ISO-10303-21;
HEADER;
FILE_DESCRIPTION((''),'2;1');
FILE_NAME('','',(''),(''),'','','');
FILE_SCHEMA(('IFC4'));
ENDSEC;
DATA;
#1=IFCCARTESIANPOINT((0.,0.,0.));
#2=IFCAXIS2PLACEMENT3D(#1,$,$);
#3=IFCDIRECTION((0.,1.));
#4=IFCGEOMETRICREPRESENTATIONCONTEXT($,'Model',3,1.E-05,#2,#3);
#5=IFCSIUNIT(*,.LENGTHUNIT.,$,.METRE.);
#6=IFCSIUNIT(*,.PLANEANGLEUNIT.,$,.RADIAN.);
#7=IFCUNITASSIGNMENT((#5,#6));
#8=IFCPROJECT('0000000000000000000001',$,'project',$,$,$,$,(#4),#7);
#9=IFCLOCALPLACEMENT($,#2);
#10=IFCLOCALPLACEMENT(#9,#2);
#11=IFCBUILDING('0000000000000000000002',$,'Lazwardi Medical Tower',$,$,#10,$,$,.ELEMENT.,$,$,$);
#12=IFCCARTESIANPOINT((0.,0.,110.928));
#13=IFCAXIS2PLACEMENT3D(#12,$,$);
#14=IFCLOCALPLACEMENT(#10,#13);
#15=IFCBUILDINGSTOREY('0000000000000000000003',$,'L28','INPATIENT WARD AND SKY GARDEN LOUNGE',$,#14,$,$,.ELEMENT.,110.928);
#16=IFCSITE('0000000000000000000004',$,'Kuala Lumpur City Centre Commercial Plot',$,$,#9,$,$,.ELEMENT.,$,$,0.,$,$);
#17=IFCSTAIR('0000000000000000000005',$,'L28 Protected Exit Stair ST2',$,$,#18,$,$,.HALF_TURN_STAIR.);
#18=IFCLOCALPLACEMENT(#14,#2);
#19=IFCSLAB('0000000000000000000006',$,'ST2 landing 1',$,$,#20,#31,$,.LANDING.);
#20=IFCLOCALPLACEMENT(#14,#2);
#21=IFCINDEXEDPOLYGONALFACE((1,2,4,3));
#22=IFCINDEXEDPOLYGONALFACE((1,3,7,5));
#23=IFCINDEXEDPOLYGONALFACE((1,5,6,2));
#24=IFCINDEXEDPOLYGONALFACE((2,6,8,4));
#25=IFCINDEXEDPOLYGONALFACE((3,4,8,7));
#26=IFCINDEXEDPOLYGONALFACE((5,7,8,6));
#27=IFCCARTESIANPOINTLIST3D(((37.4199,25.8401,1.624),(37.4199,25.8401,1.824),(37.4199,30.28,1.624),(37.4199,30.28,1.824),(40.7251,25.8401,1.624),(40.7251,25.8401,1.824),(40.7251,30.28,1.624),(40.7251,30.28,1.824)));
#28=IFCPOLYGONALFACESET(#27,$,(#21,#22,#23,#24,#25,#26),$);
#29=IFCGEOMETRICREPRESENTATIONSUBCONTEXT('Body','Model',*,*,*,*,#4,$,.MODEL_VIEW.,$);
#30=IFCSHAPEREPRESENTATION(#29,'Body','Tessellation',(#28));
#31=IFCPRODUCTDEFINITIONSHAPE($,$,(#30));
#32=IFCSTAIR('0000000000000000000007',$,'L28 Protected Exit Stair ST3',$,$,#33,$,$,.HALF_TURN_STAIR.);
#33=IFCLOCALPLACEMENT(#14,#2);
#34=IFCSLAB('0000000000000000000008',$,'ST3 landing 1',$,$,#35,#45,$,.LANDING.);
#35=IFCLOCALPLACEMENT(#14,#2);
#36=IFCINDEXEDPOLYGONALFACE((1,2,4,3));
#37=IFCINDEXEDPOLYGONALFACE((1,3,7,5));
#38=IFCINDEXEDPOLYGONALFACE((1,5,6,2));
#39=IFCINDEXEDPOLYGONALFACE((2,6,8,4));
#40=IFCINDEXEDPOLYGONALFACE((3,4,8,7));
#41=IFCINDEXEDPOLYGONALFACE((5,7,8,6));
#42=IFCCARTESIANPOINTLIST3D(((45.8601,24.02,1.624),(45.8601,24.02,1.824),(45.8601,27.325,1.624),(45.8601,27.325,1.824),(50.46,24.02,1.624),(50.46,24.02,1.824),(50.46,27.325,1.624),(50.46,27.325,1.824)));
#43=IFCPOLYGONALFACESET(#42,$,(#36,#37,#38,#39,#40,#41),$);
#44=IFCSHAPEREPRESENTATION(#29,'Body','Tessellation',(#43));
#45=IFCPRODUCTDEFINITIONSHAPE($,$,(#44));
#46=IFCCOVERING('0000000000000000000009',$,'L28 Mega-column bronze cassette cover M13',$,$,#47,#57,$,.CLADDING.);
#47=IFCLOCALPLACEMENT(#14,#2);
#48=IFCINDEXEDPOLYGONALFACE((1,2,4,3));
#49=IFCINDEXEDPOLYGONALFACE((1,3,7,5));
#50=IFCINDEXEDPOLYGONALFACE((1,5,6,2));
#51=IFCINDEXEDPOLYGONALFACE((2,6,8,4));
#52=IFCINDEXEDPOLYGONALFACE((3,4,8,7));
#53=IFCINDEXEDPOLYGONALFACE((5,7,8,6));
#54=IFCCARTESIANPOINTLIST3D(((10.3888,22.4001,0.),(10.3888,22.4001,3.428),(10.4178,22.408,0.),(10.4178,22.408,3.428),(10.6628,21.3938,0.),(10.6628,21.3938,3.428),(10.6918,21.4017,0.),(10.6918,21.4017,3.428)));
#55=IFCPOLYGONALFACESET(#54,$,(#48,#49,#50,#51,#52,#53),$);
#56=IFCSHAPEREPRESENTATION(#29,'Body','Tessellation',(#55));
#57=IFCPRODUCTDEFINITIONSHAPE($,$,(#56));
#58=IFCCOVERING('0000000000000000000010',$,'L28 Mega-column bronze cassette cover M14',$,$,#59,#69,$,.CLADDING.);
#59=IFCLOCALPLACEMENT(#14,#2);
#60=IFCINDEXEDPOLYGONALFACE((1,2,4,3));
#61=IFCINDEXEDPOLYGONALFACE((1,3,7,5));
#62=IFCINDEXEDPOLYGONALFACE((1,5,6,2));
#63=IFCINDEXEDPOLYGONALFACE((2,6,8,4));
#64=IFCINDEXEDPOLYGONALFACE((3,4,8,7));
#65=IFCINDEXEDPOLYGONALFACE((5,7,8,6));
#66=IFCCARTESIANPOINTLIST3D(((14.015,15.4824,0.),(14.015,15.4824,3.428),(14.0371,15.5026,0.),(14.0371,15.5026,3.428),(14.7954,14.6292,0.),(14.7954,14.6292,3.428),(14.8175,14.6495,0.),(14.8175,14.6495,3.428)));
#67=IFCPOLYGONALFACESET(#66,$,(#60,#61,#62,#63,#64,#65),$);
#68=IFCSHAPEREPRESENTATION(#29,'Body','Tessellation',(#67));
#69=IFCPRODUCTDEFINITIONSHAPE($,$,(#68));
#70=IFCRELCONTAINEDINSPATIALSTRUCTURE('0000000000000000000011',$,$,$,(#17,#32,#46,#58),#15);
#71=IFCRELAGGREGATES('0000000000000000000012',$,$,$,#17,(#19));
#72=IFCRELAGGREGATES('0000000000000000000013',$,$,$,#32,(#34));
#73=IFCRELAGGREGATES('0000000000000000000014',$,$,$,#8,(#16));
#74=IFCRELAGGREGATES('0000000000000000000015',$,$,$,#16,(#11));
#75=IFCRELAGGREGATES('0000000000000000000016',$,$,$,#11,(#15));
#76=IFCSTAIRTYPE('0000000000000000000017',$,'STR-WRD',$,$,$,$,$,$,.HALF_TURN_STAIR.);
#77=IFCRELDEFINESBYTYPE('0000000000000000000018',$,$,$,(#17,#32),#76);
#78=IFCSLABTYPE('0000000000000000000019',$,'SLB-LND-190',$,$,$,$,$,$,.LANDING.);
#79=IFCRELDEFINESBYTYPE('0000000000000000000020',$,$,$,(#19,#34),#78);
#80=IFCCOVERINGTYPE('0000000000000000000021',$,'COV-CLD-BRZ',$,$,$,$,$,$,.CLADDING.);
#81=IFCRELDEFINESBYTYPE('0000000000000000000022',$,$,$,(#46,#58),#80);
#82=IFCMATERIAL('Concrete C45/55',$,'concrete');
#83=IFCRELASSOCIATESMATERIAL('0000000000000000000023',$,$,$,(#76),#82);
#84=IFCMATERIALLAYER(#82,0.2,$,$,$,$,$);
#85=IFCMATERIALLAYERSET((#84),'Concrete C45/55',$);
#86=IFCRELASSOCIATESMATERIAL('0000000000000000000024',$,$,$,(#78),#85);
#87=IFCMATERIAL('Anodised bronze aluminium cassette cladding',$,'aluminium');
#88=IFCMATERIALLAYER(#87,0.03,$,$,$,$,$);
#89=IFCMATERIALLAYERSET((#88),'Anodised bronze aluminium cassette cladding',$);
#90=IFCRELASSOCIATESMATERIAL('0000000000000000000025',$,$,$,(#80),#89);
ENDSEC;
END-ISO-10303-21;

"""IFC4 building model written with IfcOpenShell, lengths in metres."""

from ifc_helpers import new_model, si_unit, direction, frame, origin, origin_2d, place, context, subcontext, project, spatial, polyline, rectangle, outline, extrude, material, layer, layer_set, type_object, element, aggregate, save


model = new_model("IFC4")

# Units and contexts
model_context = context("Model", 3, precision=1e-05, world=origin(), true_north=direction((0.0, 1.0)))
body_context = subcontext(model_context, "Body", "Model", "MODEL_VIEW")
ifc_project = project(units=[si_unit("LENGTHUNIT", "METRE"), si_unit("PLANEANGLEUNIT", "RADIAN")], contexts=[model_context])

# Site, building, storey
site_placement = place(None, origin())
site = spatial("IfcSite", under=ifc_project, at=site_placement, Name="Kuala Lumpur City Centre Commercial Plot", CompositionType="ELEMENT", RefElevation=0.0)
building_placement = place(site_placement, origin())
building = spatial("IfcBuilding", under=site, at=building_placement, Name="Lazwardi Medical Tower", CompositionType="ELEMENT")
storey_placement = place(building_placement, frame((0.0, 0.0, 110.928)))
storey = spatial("IfcBuildingStorey", under=building, at=storey_placement, Name="L28", Description="INPATIENT WARD AND SKY GARDEN LOUNGE", CompositionType="ELEMENT", Elevation=110.928)

# Stairs, slabs
ifc_material_1 = material(Name="Concrete C45/55", Category="concrete")
stair_type = type_object("IfcStairType", Name="STR-WRD", PredefinedType="HALF_TURN_STAIR", material=ifc_material_1)
stair_1_placement = place(storey_placement, origin())
stair_1 = element("IfcStair", 1, at=stair_1_placement, inside=storey, type_object=stair_type, Name="L28 Protected Exit Stair ST2", PredefinedType="HALF_TURN_STAIR")
ifc_layer_1 = layer(ifc_material_1, 0.2)
ifc_layer_set_1 = layer_set([ifc_layer_1], Name="Concrete C45/55")
slab_type = type_object("IfcSlabType", Name="SLB-LND-190", PredefinedType="LANDING", material=ifc_layer_set_1)
slab_1_placement = place(storey_placement, frame((0.0, 0.0, 1.624)))
slab_1 = element("IfcSlab", 2, at=slab_1_placement, type_object=slab_type, Name="ST2 landing 1", PredefinedType="LANDING", context=body_context, shape_type="SweptSolid", body=[
    extrude(outline(polyline([(40.7251, 30.28), (37.4199, 30.28), (37.4199, 25.8401), (40.7251, 25.8401), (40.7251, 30.28)])), origin(), (0.0, 0.0, 1.0), 0.2),
])
aggregate(stair_1, [slab_1])
stair_2_placement = place(storey_placement, origin())
stair_2 = element("IfcStair", 3, at=stair_2_placement, inside=storey, type_object=stair_type, Name="L28 Protected Exit Stair ST3", PredefinedType="HALF_TURN_STAIR")
slab_2_placement = place(storey_placement, frame((0.0, 0.0, 1.624)))
slab_2 = element("IfcSlab", 4, at=slab_2_placement, type_object=slab_type, Name="ST3 landing 1", PredefinedType="LANDING", context=body_context, shape_type="SweptSolid", body=[
    extrude(outline(polyline([(45.8601, 27.325), (45.8601, 24.02), (50.46, 24.02), (50.46, 27.325), (45.8601, 27.325)])), origin(), (0.0, 0.0, 1.0), 0.2),
])
aggregate(stair_2, [slab_2])

# Coverings
ifc_material_2 = material(Name="Anodised bronze aluminium cassette cladding", Category="aluminium")
ifc_layer_2 = layer(ifc_material_2, 0.03)
ifc_layer_set_2 = layer_set([ifc_layer_2], Name="Anodised bronze aluminium cassette cladding")
covering_type = type_object("IfcCoveringType", Name="COV-CLD-BRZ", PredefinedType="CLADDING", material=ifc_layer_set_2)
covering_1_placement = place(storey_placement, frame((10.5403, 21.9009, 0.0), z_axis=(0.0, 0.0, 1.0), x_axis=(0.262696, -0.964879, 0.0)))
element("IfcCovering", 5, at=covering_1_placement, inside=storey, type_object=covering_type, Name="L28 Mega-column bronze cassette cover M13", PredefinedType="CLADDING", context=body_context, shape_type="SweptSolid", body=[
    extrude(rectangle(XDim=1.043, YDim=0.03, at=origin_2d()), origin(), (0.0, 0.0, 1.0), 3.428),
])
covering_2_placement = place(storey_placement, frame((14.4163, 15.0659, 0.0), z_axis=(0.0, 0.0, 1.0), x_axis=(0.674926, -0.737885, 0.0)))
element("IfcCovering", 6, at=covering_2_placement, inside=storey, type_object=covering_type, Name="L28 Mega-column bronze cassette cover M14", PredefinedType="CLADDING", context=body_context, shape_type="SweptSolid", body=[
    extrude(rectangle(XDim=1.1562, YDim=0.03, at=origin_2d()), origin(), (0.0, 0.0, 1.0), 3.428),
])

save(model, "model.ifc")
